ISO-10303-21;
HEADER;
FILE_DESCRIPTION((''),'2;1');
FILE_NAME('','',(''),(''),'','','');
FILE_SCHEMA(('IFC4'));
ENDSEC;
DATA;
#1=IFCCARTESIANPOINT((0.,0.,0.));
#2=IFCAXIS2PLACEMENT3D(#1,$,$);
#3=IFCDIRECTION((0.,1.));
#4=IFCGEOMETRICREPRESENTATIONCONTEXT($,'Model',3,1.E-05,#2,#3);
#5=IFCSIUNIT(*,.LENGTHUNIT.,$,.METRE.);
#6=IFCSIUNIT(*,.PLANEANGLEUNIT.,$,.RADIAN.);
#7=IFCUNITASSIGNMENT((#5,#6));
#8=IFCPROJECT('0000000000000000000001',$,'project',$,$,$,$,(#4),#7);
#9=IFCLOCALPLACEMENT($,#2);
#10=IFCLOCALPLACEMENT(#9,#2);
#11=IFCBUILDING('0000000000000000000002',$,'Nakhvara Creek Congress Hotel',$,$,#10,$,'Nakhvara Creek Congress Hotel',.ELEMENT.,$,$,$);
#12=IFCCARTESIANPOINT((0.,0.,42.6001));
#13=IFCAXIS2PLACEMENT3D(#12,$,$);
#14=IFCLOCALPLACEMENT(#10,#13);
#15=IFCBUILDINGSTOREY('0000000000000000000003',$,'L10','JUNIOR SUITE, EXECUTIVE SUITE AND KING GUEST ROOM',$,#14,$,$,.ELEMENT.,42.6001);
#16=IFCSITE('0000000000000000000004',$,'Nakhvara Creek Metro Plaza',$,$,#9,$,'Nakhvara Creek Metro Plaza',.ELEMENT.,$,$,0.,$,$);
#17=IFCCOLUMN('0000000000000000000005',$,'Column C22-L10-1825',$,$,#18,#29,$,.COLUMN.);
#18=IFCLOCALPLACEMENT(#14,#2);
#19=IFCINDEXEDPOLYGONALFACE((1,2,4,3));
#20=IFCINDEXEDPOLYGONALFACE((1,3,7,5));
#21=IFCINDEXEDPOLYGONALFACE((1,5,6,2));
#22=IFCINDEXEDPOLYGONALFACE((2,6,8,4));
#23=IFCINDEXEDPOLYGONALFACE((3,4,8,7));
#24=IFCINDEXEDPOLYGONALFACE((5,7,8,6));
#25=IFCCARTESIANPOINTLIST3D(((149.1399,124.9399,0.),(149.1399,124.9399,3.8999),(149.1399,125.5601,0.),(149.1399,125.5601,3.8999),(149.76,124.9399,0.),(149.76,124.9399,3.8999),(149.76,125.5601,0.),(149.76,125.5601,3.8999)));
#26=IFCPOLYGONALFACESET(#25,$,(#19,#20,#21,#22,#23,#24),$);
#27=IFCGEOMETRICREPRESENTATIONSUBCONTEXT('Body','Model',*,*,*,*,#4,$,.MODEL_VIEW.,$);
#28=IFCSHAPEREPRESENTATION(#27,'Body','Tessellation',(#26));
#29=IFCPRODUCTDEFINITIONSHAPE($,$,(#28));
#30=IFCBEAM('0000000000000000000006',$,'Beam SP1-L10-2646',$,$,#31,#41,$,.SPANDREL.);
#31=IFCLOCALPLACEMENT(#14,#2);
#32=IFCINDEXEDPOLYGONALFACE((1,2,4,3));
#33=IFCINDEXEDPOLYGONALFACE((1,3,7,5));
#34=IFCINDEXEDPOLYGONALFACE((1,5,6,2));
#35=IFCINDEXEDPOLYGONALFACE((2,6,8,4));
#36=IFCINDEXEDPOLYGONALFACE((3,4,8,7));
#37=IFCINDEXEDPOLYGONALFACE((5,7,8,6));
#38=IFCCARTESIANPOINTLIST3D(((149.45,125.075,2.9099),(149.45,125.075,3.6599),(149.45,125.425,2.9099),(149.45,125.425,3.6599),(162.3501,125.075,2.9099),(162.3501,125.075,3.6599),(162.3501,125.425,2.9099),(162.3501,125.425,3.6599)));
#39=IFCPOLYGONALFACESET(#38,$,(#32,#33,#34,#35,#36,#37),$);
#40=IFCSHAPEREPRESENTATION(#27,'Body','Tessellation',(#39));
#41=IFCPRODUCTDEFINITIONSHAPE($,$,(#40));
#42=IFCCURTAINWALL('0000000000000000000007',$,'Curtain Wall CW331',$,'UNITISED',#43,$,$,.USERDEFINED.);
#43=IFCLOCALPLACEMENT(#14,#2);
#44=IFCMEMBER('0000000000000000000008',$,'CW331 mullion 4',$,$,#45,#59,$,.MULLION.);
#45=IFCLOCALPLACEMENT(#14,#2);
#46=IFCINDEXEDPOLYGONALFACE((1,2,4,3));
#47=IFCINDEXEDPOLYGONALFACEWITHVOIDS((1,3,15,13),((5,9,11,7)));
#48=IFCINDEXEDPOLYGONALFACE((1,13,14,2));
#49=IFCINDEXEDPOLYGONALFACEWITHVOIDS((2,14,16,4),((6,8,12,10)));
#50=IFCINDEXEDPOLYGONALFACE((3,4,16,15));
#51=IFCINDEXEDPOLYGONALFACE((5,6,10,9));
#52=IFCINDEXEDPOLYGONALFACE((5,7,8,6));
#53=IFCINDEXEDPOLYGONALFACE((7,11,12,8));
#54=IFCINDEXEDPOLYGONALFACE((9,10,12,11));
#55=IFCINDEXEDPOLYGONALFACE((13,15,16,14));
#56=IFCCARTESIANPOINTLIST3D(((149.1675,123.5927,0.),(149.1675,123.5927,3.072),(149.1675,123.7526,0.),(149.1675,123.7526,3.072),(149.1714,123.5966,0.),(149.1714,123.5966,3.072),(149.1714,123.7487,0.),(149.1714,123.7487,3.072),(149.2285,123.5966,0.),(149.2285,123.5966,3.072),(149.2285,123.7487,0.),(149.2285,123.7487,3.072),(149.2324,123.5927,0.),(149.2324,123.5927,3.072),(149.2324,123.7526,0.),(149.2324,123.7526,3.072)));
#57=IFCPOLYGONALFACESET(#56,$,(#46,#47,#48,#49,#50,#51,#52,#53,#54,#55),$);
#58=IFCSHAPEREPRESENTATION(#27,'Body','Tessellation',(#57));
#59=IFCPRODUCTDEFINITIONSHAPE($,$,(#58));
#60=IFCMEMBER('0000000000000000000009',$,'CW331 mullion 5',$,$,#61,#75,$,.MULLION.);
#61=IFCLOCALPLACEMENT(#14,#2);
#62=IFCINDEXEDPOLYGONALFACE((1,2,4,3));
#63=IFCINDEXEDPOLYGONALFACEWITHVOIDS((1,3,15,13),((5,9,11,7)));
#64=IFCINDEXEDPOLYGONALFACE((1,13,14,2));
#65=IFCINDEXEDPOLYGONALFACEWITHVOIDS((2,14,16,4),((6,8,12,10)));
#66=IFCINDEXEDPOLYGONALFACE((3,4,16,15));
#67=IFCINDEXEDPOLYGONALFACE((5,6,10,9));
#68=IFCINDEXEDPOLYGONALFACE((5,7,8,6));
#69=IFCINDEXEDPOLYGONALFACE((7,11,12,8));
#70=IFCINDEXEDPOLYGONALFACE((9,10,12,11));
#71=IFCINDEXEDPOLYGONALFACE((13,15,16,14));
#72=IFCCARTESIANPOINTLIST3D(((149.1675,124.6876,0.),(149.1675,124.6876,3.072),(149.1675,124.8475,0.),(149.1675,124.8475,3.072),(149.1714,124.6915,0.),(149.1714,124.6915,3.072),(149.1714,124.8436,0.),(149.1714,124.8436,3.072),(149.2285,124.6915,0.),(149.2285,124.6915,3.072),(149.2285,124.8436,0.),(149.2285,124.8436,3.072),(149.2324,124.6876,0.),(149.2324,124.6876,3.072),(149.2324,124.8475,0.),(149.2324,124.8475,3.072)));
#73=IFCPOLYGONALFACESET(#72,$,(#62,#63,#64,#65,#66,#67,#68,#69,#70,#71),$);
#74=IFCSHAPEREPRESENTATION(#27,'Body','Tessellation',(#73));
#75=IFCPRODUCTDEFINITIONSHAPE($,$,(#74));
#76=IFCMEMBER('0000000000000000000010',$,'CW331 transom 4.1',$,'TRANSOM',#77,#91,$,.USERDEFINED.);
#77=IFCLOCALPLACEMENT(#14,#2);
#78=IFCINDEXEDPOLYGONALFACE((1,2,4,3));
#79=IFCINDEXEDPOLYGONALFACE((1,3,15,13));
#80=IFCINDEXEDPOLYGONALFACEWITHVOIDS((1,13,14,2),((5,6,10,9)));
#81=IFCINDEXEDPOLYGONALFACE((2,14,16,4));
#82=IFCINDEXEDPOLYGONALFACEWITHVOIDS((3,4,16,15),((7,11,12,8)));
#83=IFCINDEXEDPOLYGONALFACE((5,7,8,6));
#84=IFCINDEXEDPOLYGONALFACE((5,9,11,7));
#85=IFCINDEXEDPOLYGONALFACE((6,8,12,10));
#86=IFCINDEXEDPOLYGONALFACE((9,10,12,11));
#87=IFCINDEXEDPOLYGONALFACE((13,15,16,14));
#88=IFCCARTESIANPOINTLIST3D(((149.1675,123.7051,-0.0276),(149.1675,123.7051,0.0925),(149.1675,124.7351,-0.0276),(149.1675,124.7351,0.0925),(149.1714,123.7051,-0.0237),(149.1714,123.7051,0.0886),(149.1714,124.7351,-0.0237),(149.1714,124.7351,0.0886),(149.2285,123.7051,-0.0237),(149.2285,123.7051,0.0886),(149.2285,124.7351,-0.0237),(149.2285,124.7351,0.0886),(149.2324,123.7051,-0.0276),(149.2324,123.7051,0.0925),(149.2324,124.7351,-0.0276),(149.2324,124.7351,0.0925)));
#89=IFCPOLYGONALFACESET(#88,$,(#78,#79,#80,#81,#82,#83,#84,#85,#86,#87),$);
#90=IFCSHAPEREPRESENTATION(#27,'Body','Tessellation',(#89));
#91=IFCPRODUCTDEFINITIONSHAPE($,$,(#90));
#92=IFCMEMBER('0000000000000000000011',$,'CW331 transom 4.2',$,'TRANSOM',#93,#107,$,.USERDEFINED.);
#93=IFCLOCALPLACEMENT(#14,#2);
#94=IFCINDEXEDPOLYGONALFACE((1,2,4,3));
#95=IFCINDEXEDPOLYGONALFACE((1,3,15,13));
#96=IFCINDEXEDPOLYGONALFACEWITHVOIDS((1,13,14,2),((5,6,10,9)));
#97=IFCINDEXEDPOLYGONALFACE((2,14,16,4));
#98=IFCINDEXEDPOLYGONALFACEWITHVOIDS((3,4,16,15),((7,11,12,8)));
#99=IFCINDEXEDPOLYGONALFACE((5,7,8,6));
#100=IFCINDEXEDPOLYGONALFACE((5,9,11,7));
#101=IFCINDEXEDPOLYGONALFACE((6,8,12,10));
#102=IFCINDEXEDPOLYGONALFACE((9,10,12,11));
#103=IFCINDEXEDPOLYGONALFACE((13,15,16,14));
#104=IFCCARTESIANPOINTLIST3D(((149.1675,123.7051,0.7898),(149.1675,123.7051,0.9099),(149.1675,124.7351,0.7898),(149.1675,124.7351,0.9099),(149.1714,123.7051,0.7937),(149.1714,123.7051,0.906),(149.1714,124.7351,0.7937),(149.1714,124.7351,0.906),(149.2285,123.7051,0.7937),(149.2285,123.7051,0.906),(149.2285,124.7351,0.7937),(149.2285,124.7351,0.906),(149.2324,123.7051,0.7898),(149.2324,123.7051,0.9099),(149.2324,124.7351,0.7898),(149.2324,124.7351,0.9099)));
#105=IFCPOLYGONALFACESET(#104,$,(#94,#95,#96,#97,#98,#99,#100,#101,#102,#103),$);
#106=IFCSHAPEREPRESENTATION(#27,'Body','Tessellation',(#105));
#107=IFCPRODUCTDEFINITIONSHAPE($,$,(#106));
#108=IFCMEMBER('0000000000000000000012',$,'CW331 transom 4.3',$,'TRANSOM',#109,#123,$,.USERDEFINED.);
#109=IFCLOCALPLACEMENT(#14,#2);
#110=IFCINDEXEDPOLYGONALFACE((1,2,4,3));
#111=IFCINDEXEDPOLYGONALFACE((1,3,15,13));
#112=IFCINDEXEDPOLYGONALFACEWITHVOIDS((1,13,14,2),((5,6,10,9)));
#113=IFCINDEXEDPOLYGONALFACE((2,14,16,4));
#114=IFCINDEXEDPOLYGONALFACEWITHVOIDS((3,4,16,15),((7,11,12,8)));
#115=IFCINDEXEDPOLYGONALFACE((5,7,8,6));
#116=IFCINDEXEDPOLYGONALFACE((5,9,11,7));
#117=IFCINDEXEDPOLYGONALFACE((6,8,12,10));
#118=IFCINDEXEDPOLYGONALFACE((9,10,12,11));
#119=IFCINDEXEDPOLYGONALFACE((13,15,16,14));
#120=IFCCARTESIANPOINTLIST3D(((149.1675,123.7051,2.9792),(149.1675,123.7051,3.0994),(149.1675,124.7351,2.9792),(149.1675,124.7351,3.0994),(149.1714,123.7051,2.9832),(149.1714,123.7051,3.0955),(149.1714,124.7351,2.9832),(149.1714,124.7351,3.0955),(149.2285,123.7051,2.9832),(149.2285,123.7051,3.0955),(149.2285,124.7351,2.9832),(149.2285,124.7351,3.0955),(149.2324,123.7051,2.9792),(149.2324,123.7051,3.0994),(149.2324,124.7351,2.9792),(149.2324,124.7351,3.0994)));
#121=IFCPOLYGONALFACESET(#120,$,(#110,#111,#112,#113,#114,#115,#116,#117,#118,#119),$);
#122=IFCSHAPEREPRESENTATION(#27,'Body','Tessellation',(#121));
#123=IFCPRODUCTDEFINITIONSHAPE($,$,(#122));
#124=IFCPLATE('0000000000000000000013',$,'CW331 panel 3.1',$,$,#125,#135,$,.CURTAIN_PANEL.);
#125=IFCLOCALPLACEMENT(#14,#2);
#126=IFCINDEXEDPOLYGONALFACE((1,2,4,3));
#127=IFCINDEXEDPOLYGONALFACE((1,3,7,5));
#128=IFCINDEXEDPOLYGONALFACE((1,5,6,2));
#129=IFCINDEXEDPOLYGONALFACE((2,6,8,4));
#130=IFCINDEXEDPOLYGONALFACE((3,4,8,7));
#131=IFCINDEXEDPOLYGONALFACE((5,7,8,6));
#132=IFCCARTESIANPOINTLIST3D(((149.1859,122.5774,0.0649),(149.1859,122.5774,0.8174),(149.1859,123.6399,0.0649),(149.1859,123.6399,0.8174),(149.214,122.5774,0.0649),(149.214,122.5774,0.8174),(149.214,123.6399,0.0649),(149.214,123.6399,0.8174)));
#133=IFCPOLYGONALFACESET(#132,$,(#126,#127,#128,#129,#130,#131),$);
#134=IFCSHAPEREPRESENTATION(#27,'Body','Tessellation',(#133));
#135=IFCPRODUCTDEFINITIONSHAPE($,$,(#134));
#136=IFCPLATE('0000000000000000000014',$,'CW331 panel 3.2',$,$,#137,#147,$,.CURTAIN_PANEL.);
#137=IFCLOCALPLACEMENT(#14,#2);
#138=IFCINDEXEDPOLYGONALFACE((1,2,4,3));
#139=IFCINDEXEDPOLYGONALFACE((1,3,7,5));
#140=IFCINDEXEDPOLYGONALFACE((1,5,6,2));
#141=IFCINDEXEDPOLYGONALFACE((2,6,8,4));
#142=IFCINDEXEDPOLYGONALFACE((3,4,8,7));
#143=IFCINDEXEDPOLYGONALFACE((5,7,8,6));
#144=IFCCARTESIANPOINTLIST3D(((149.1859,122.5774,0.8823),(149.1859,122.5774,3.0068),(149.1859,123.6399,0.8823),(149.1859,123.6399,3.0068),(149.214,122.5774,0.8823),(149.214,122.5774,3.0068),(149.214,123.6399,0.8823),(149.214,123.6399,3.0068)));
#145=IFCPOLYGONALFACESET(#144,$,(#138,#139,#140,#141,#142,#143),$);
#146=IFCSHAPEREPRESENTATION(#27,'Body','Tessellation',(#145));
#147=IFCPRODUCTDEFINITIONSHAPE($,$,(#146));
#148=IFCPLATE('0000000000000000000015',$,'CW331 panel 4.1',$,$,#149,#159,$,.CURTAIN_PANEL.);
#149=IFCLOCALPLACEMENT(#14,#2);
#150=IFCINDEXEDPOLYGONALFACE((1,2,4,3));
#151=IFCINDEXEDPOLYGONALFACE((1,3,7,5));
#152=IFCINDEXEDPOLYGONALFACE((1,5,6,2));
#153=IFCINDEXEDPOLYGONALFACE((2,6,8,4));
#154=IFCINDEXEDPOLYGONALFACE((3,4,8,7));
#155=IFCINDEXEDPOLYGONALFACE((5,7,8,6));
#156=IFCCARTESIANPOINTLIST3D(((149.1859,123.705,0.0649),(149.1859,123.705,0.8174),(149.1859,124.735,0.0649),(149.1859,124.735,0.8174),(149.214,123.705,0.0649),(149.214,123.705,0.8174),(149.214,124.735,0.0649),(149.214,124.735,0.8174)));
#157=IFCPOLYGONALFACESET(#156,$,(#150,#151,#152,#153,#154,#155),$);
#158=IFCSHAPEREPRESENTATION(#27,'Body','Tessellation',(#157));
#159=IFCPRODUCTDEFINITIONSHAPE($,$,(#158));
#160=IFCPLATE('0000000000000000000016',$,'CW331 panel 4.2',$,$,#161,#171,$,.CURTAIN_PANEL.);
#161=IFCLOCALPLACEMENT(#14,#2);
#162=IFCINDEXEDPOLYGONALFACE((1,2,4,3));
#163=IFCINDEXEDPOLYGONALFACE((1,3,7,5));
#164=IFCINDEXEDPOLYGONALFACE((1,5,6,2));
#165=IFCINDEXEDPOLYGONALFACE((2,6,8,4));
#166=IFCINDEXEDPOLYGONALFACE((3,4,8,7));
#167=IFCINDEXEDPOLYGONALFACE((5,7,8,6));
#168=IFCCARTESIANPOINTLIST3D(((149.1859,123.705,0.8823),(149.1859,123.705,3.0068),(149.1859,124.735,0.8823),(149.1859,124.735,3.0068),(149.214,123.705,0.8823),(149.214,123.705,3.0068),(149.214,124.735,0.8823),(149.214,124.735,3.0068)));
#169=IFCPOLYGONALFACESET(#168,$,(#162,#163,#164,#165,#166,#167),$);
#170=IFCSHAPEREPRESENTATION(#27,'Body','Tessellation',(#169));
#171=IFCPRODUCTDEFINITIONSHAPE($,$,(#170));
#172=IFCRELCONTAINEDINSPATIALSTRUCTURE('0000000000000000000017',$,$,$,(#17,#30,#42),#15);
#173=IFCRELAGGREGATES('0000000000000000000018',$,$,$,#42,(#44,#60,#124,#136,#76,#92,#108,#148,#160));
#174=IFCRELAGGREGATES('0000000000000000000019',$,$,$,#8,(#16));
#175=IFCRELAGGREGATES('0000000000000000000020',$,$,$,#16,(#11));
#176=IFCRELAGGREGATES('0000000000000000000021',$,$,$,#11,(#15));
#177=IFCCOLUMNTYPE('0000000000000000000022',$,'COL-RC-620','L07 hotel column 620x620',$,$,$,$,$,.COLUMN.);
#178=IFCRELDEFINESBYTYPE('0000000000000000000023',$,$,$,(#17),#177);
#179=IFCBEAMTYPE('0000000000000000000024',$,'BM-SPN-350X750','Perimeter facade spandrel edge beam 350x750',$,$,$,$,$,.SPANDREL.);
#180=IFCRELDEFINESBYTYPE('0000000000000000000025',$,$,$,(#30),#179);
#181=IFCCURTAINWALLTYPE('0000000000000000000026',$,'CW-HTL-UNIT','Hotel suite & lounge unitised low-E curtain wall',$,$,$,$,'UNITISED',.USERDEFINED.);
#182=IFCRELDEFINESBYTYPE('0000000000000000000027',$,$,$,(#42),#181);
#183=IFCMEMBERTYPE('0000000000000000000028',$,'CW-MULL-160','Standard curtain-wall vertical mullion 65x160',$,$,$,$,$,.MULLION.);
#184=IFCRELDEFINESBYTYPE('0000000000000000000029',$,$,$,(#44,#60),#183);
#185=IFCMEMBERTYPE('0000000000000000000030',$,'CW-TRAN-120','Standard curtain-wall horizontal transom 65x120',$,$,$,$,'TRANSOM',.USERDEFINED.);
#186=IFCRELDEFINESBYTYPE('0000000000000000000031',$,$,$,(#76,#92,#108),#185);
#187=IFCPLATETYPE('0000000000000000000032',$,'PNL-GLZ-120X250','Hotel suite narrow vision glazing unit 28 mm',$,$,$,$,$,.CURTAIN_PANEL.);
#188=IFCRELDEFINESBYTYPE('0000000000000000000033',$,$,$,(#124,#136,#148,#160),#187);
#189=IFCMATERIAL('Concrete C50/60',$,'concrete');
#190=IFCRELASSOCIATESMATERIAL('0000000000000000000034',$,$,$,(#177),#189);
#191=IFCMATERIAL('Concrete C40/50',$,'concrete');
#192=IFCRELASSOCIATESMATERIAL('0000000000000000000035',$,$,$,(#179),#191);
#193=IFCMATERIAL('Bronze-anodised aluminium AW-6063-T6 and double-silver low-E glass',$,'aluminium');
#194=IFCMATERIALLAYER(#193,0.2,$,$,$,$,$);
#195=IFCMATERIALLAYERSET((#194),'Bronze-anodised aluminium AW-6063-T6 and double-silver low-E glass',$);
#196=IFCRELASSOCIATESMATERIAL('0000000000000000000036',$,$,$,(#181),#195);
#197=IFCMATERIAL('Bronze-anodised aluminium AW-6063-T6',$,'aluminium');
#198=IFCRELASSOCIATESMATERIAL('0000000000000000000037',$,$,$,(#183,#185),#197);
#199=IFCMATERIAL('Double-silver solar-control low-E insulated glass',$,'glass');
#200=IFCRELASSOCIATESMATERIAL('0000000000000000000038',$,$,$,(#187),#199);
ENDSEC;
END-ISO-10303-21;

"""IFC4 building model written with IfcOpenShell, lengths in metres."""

from ifc_helpers import new_model, si_unit, direction, frame, origin, origin_2d, place, context, subcontext, project, spatial, rectangle, hollow_rectangle, extrude, material, layer, layer_set, material_profile, profile_set, type_object, element, aggregate, save


model = new_model("IFC4")

# Units and contexts
model_context = context("Model", 3, precision=1e-05, world=origin(), true_north=direction((0.0, 1.0)))
body_context = subcontext(model_context, "Body", "Model", "MODEL_VIEW")
ifc_project = project(units=[si_unit("LENGTHUNIT", "METRE"), si_unit("PLANEANGLEUNIT", "RADIAN")], contexts=[model_context])

# Site, building, storey
site_placement = place(None, origin())
site = spatial("IfcSite", under=ifc_project, at=site_placement, Name="Nakhvara Creek Metro Plaza", LongName="Nakhvara Creek Metro Plaza", CompositionType="ELEMENT", RefElevation=0.0)
building_placement = place(site_placement, origin())
building = spatial("IfcBuilding", under=site, at=building_placement, Name="Nakhvara Creek Congress Hotel", LongName="Nakhvara Creek Congress Hotel", CompositionType="ELEMENT")
storey_placement = place(building_placement, frame((0.0, 0.0, 42.6001)))
storey = spatial("IfcBuildingStorey", under=building, at=storey_placement, Name="L10", Description="JUNIOR SUITE, EXECUTIVE SUITE AND KING GUEST ROOM", CompositionType="ELEMENT", Elevation=42.6001)

# Column
ifc_material_1 = material(Name="Concrete C50/60", Category="concrete")
ifc_material_profile_1 = material_profile(ifc_material_1, rectangle(XDim=0.6201, YDim=0.6201, at=origin_2d()), Name="RC-COL 620x620", Category="LoadBearing")
ifc_profile_set_1 = profile_set([ifc_material_profile_1], Name="Concrete C50/60")
column_type = type_object("IfcColumnType", Name="COL-RC-620", Description="L07 hotel column 620x620", PredefinedType="COLUMN", material=ifc_profile_set_1)
column_placement = place(storey_placement, frame((149.45, 125.25, 0.0), z_axis=(0.0, 0.0, 1.0), x_axis=(1.0, 0.0, 0.0)))
element("IfcColumn", 1, at=column_placement, inside=storey, type_object=column_type, Name="Column C22-L10-1825", PredefinedType="COLUMN", context=body_context, shape_type="SweptSolid", body=[
    extrude(rectangle(XDim=0.6201, YDim=0.6201, at=origin_2d()), origin(), (0.0, 0.0, 1.0), 3.8999),
])

# Beam
ifc_material_2 = material(Name="Concrete C40/50", Category="concrete")
ifc_material_profile_2 = material_profile(ifc_material_2, rectangle(XDim=0.3501, YDim=0.75, at=origin_2d()), Name="RC-SPANDREL 350x750", Category="LoadBearing")
ifc_profile_set_2 = profile_set([ifc_material_profile_2], Name="Concrete C40/50")
beam_type = type_object("IfcBeamType", Name="BM-SPN-350X750", Description="Perimeter facade spandrel edge beam 350x750", PredefinedType="SPANDREL", material=ifc_profile_set_2)
beam_placement = place(storey_placement, frame((149.45, 125.25, 3.2849), z_axis=(1.0, 0.0, 0.0), x_axis=(0.0, 1.0, 0.0)))
element("IfcBeam", 2, at=beam_placement, inside=storey, type_object=beam_type, Name="Beam SP1-L10-2646", PredefinedType="SPANDREL", context=body_context, shape_type="SweptSolid", body=[
    extrude(rectangle(XDim=0.3501, YDim=0.75, at=origin_2d()), origin(), (0.0, 0.0, 1.0), 12.9001),
])

# Curtain wall, members, plates
ifc_material_3 = material(Name="Bronze-anodised aluminium AW-6063-T6 and double-silver low-E glass", Category="aluminium")
ifc_layer_1 = layer(ifc_material_3, 0.2)
ifc_layer_set_1 = layer_set([ifc_layer_1], Name="Bronze-anodised aluminium AW-6063-T6 and double-silver low-E glass")
curtain_wall_type = type_object("IfcCurtainWallType", Name="CW-HTL-UNIT", Description="Hotel suite & lounge unitised low-E curtain wall", ElementType="UNITISED", PredefinedType="USERDEFINED", material=ifc_layer_set_1)
curtain_wall_placement = place(storey_placement, origin())
curtain_wall = element("IfcCurtainWall", 3, at=curtain_wall_placement, inside=storey, type_object=curtain_wall_type, Name="Curtain Wall CW331", ObjectType="UNITISED", PredefinedType="USERDEFINED")
ifc_material_4 = material(Name="Bronze-anodised aluminium AW-6063-T6", Category="aluminium")
ifc_material_profile_3 = material_profile(ifc_material_4, hollow_rectangle(XDim=0.0649, YDim=0.1599, WallThickness=0.0039, at=origin_2d()), Name="ALU-MULL 65x160x4", Category="LoadBearing")
ifc_profile_set_3 = profile_set([ifc_material_profile_3], Name="Bronze-anodised aluminium AW-6063-T6")
member_type_1 = type_object("IfcMemberType", Name="CW-MULL-160", Description="Standard curtain-wall vertical mullion 65x160", PredefinedType="MULLION", material=ifc_profile_set_3)
member_1_placement = place(storey_placement, frame((149.2, 123.6726, 0.0), z_axis=(0.0, 0.0, 1.0), x_axis=(-1.0, 0.0, 0.0)))
member_1 = element("IfcMember", 4, at=member_1_placement, type_object=member_type_1, Name="CW331 mullion 4", PredefinedType="MULLION", context=body_context, shape_type="SweptSolid", body=[
    extrude(hollow_rectangle(XDim=0.0649, YDim=0.1599, WallThickness=0.0039, at=origin_2d()), origin(), (0.0, 0.0, 1.0), 3.072),
])
member_2_placement = place(storey_placement, frame((149.2, 124.7676, 0.0), z_axis=(0.0, 0.0, 1.0), x_axis=(-1.0, 0.0, 0.0)))
member_2 = element("IfcMember", 5, at=member_2_placement, type_object=member_type_1, Name="CW331 mullion 5", PredefinedType="MULLION", context=body_context, shape_type="SweptSolid", body=[
    extrude(hollow_rectangle(XDim=0.0649, YDim=0.1599, WallThickness=0.0039, at=origin_2d()), origin(), (0.0, 0.0, 1.0), 3.072),
])
ifc_material_profile_4 = material_profile(ifc_material_4, hollow_rectangle(XDim=0.0649, YDim=0.1201, WallThickness=0.0039, at=origin_2d()), Name="ALU-TRAN 65x120x4", Category="LoadBearing")
ifc_profile_set_4 = profile_set([ifc_material_profile_4], Name="Bronze-anodised aluminium AW-6063-T6")
member_type_2 = type_object("IfcMemberType", Name="CW-TRAN-120", Description="Standard curtain-wall horizontal transom 65x120", ElementType="TRANSOM", PredefinedType="USERDEFINED", material=ifc_profile_set_4)
member_3_placement = place(storey_placement, frame((149.2, 123.7051, 0.0325), z_axis=(0.0, 1.0, 0.0), x_axis=(-1.0, 0.0, 0.0)))
member_3 = element("IfcMember", 6, at=member_3_placement, type_object=member_type_2, Name="CW331 transom 4.1", ObjectType="TRANSOM", PredefinedType="USERDEFINED", context=body_context, shape_type="SweptSolid", body=[
    extrude(hollow_rectangle(XDim=0.0649, YDim=0.1201, WallThickness=0.0039, at=origin_2d()), origin(), (0.0, 0.0, 1.0), 1.03),
])
member_4_placement = place(storey_placement, frame((149.2, 123.7051, 0.8499), z_axis=(0.0, 1.0, 0.0), x_axis=(-1.0, 0.0, 0.0)))
member_4 = element("IfcMember", 7, at=member_4_placement, type_object=member_type_2, Name="CW331 transom 4.2", ObjectType="TRANSOM", PredefinedType="USERDEFINED", context=body_context, shape_type="SweptSolid", body=[
    extrude(hollow_rectangle(XDim=0.0649, YDim=0.1201, WallThickness=0.0039, at=origin_2d()), origin(), (0.0, 0.0, 1.0), 1.03),
])
member_5_placement = place(storey_placement, frame((149.2, 123.7051, 3.0393), z_axis=(0.0, 1.0, 0.0), x_axis=(-1.0, 0.0, 0.0)))
member_5 = element("IfcMember", 8, at=member_5_placement, type_object=member_type_2, Name="CW331 transom 4.3", ObjectType="TRANSOM", PredefinedType="USERDEFINED", context=body_context, shape_type="SweptSolid", body=[
    extrude(hollow_rectangle(XDim=0.0649, YDim=0.1201, WallThickness=0.0039, at=origin_2d()), origin(), (0.0, 0.0, 1.0), 1.03),
])
ifc_material_5 = material(Name="Double-silver solar-control low-E insulated glass", Category="glass")
plate_type = type_object("IfcPlateType", Name="PNL-GLZ-120X250", Description="Hotel suite narrow vision glazing unit 28 mm", PredefinedType="CURTAIN_PANEL", material=ifc_material_5)
plate_1_placement = place(storey_placement, frame((149.2, 123.1086, 0.0649), z_axis=(0.0, 0.0, 1.0), x_axis=(0.0, 1.0, 0.0)))
plate_1 = element("IfcPlate", 9, at=plate_1_placement, type_object=plate_type, Name="CW331 panel 3.1", PredefinedType="CURTAIN_PANEL", context=body_context, shape_type="SweptSolid", body=[
    extrude(rectangle(XDim=1.0625, YDim=0.0281, at=origin_2d()), origin(), (0.0, 0.0, 1.0), 0.7524),
])
plate_2_placement = place(storey_placement, frame((149.2, 123.1086, 0.8823), z_axis=(0.0, 0.0, 1.0), x_axis=(0.0, 1.0, 0.0)))
plate_2 = element("IfcPlate", 10, at=plate_2_placement, type_object=plate_type, Name="CW331 panel 3.2", PredefinedType="CURTAIN_PANEL", context=body_context, shape_type="SweptSolid", body=[
    extrude(rectangle(XDim=1.0625, YDim=0.0281, at=origin_2d()), origin(), (0.0, 0.0, 1.0), 2.1245),
])
plate_3_placement = place(storey_placement, frame((149.2, 124.22, 0.0649), z_axis=(0.0, 0.0, 1.0), x_axis=(0.0, 1.0, 0.0)))
plate_3 = element("IfcPlate", 11, at=plate_3_placement, type_object=plate_type, Name="CW331 panel 4.1", PredefinedType="CURTAIN_PANEL", context=body_context, shape_type="SweptSolid", body=[
    extrude(rectangle(XDim=1.03, YDim=0.0281, at=origin_2d()), origin(), (0.0, 0.0, 1.0), 0.7524),
])
plate_4_placement = place(storey_placement, frame((149.2, 124.22, 0.8823), z_axis=(0.0, 0.0, 1.0), x_axis=(0.0, 1.0, 0.0)))
plate_4 = element("IfcPlate", 12, at=plate_4_placement, type_object=plate_type, Name="CW331 panel 4.2", PredefinedType="CURTAIN_PANEL", context=body_context, shape_type="SweptSolid", body=[
    extrude(rectangle(XDim=1.03, YDim=0.0281, at=origin_2d()), origin(), (0.0, 0.0, 1.0), 2.1245),
])
aggregate(curtain_wall, [member_1, member_2, plate_1, plate_2, member_3, member_4, member_5, plate_3, plate_4])

save(model, "model.ifc")
